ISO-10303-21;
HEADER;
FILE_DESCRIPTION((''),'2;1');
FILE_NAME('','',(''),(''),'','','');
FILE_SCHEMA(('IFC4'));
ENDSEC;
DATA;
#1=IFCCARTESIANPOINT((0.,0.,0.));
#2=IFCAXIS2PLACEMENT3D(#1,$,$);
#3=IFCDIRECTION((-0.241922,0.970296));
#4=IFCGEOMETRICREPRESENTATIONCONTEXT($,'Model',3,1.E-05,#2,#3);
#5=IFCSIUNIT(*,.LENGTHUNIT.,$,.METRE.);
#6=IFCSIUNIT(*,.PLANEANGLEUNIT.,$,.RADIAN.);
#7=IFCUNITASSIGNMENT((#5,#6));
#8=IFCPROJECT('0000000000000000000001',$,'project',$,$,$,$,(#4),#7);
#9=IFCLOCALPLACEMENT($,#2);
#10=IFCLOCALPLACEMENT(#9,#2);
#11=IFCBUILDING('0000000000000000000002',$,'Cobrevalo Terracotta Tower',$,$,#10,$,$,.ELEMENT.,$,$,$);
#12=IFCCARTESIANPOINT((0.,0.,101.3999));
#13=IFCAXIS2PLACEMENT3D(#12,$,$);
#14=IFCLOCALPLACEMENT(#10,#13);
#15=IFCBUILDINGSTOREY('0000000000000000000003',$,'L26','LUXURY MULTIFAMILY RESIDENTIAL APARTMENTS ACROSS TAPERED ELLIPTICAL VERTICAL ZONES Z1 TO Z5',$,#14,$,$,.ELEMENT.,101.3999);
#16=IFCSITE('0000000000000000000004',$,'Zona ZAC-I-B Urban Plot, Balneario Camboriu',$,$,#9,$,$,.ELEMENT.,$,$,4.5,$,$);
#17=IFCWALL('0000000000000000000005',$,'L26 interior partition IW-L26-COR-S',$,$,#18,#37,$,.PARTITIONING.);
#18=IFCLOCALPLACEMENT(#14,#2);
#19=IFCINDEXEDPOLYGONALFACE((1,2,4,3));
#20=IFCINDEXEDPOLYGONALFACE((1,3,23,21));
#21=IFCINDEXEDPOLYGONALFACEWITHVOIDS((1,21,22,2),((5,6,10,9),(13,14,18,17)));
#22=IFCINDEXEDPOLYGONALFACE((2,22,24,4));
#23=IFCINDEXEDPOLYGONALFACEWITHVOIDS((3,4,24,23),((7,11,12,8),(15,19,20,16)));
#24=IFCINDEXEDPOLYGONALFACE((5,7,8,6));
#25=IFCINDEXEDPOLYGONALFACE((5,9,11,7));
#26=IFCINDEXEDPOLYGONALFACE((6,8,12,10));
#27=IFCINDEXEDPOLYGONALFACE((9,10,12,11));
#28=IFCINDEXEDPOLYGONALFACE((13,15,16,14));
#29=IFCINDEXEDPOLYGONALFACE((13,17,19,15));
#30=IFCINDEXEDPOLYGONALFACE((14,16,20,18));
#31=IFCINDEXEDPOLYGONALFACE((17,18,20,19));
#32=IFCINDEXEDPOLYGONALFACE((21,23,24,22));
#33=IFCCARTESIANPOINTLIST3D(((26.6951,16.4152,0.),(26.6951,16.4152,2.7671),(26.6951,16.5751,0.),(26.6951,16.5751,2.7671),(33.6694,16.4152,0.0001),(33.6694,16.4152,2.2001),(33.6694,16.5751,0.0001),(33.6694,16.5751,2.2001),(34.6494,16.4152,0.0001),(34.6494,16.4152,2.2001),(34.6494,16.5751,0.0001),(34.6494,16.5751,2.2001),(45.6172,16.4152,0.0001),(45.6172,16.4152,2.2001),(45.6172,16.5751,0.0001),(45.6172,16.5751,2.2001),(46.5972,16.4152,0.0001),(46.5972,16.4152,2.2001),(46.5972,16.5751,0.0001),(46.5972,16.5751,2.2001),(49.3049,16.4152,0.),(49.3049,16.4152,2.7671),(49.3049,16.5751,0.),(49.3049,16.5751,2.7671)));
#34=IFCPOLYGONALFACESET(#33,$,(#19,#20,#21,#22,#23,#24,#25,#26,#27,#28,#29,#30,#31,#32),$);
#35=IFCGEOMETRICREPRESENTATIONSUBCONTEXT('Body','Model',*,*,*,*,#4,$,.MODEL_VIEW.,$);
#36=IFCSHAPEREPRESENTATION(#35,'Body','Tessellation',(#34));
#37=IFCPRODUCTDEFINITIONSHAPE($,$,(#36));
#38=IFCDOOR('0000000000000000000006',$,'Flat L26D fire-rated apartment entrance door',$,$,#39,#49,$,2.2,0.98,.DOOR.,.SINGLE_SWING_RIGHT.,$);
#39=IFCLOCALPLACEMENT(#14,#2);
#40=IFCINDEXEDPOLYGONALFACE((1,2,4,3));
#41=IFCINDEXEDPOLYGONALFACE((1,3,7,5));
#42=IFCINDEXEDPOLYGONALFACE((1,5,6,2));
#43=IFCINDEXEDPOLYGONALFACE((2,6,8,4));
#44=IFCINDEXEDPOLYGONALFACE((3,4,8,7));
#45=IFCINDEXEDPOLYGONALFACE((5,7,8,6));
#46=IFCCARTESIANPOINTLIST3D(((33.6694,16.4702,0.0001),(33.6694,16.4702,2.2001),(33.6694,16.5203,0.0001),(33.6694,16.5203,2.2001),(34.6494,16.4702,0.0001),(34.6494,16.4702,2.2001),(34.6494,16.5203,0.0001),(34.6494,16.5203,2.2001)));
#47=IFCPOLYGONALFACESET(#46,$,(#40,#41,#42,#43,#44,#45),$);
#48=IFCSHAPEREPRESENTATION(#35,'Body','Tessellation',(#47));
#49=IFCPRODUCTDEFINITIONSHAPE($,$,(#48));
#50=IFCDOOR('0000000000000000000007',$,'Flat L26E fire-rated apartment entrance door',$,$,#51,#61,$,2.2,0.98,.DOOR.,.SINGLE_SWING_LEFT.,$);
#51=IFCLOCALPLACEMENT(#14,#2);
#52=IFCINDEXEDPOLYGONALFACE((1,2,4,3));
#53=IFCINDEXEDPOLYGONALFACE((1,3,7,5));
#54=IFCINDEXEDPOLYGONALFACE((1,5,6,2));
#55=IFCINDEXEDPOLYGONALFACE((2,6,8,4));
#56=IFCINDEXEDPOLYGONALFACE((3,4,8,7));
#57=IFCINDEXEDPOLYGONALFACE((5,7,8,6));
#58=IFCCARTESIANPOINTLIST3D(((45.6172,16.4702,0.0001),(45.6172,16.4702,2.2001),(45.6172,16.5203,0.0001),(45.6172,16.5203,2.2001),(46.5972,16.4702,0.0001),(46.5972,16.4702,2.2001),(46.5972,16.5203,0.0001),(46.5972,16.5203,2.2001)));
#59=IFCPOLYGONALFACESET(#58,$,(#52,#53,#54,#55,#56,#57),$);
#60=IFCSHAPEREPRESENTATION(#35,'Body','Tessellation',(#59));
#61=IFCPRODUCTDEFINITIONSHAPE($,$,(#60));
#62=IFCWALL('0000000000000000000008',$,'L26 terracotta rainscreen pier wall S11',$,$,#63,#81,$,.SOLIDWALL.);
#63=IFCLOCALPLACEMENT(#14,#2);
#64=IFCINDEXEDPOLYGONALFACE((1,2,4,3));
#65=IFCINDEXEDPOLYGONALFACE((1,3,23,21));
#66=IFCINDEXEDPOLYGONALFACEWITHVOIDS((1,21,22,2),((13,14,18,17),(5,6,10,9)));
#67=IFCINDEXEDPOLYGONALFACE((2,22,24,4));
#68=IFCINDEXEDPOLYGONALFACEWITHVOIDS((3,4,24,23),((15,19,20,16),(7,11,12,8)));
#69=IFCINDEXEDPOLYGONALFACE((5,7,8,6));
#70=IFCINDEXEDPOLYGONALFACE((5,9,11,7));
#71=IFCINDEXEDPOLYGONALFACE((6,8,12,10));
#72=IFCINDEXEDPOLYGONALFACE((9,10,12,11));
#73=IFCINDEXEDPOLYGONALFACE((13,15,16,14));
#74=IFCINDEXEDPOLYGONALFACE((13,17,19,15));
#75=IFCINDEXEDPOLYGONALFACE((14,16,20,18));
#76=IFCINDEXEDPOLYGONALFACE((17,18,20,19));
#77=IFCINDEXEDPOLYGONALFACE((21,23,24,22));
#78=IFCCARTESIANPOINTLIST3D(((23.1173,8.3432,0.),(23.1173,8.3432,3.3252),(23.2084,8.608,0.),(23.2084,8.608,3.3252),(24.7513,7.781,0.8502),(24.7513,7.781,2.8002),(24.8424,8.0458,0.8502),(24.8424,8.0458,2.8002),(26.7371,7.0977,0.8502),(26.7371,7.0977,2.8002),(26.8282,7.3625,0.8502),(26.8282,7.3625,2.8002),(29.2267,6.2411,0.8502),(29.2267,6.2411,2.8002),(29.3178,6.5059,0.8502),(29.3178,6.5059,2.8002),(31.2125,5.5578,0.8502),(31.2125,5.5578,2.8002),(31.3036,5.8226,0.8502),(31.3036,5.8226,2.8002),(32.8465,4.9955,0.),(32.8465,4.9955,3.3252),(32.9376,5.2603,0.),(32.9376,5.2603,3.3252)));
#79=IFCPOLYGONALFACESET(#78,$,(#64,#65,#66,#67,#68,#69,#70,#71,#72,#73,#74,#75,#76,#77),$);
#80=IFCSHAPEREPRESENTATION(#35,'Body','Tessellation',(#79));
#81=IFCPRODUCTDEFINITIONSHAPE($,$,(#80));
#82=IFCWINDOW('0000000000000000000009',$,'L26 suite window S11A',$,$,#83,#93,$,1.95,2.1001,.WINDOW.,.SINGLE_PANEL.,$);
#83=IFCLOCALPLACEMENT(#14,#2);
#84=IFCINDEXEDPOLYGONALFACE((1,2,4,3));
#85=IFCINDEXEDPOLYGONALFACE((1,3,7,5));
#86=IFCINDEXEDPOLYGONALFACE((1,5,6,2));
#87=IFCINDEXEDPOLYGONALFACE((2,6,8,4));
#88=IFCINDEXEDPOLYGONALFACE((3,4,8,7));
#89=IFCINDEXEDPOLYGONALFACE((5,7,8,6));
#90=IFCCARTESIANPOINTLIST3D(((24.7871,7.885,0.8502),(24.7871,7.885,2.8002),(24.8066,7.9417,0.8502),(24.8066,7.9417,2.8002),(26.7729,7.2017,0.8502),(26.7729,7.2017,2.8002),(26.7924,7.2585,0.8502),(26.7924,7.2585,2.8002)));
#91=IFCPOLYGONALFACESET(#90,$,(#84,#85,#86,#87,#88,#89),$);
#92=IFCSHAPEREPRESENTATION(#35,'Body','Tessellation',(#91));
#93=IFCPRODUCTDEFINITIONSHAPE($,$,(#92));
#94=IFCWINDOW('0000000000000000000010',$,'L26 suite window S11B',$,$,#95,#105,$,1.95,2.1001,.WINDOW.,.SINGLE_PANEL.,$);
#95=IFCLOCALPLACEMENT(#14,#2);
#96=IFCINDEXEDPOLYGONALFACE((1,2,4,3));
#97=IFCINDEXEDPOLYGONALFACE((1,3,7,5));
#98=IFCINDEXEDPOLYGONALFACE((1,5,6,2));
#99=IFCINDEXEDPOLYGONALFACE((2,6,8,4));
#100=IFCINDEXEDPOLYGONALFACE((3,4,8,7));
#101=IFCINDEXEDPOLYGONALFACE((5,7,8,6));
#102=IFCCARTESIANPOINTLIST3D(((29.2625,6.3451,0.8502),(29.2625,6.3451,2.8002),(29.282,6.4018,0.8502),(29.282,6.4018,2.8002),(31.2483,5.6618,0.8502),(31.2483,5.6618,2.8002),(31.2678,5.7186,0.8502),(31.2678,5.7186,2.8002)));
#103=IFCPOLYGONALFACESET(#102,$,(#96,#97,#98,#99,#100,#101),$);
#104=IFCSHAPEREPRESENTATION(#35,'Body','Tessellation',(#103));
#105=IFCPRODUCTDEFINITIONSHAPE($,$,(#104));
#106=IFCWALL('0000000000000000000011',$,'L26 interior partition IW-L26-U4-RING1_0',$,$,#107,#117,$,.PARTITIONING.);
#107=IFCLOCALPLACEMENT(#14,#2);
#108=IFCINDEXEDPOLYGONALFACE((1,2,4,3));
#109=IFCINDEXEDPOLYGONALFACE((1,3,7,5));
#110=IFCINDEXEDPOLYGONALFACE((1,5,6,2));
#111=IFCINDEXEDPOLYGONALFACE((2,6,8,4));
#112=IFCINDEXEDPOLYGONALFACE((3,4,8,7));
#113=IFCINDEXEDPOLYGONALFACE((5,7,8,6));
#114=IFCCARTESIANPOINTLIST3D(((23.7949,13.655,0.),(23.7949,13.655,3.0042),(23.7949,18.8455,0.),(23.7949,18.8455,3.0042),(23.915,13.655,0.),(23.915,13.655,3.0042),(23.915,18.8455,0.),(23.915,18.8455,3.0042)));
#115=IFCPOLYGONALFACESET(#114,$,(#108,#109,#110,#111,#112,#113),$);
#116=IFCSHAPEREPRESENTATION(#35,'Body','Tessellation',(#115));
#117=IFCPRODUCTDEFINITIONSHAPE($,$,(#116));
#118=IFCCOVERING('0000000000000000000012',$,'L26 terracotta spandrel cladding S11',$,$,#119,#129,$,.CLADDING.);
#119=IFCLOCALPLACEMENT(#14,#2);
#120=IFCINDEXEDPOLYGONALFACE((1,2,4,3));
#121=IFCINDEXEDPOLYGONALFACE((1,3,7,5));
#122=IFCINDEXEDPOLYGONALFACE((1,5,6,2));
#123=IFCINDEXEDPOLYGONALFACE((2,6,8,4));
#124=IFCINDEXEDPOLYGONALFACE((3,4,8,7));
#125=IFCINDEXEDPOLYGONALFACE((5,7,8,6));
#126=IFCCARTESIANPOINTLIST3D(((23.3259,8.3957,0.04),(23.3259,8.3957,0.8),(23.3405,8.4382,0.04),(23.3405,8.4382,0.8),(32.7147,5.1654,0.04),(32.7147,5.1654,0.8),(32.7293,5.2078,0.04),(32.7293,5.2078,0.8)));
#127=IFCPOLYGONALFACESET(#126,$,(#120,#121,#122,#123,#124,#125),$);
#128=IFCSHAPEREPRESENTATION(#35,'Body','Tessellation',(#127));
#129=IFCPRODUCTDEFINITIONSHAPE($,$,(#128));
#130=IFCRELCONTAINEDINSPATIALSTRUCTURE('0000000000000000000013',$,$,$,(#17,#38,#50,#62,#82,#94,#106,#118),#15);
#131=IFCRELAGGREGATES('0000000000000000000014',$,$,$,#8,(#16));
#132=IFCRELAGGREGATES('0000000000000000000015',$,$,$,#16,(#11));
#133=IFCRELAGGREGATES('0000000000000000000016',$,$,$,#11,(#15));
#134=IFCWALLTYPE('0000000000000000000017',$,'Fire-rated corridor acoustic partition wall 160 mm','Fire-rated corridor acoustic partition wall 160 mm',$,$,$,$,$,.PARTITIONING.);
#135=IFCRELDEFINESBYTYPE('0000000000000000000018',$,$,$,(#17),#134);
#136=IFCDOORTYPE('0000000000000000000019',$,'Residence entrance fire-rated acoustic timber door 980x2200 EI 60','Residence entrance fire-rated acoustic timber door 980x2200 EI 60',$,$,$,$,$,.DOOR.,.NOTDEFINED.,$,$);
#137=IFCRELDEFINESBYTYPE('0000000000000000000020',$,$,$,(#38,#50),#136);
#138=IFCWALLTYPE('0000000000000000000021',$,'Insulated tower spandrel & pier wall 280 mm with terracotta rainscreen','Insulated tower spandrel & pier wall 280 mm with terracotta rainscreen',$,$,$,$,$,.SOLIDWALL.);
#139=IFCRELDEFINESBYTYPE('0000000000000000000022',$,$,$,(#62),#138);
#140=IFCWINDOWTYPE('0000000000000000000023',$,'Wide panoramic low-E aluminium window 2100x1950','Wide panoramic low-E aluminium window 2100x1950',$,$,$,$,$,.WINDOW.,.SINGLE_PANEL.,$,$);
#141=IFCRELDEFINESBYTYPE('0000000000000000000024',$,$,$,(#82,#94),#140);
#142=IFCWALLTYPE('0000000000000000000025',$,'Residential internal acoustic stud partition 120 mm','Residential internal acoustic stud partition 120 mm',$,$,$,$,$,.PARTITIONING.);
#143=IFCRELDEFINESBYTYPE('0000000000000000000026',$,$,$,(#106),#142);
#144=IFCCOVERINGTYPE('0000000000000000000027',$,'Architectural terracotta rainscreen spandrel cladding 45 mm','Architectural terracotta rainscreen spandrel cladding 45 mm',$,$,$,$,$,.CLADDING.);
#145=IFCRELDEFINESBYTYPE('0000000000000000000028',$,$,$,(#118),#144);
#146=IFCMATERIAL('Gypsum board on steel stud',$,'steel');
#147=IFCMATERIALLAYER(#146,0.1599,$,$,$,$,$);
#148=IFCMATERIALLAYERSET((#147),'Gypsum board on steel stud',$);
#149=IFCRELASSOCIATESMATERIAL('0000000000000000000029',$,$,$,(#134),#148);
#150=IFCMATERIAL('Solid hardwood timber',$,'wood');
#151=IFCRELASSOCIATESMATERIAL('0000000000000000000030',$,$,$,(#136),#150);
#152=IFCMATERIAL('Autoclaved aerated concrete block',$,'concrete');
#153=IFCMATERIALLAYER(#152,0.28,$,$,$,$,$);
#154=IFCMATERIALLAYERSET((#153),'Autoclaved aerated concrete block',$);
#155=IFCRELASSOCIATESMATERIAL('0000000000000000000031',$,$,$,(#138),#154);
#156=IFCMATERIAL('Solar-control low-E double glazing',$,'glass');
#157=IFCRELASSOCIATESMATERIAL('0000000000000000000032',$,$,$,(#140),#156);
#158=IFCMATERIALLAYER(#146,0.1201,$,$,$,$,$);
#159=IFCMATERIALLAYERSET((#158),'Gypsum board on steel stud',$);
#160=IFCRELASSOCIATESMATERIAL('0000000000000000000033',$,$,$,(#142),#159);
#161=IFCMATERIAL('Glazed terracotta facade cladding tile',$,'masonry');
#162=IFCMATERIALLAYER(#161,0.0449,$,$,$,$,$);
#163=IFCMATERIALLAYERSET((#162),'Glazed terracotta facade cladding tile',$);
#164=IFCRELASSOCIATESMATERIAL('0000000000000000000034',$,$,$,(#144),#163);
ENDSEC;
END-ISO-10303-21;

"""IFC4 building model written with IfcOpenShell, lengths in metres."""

from ifc_helpers import new_model, si_unit, direction, frame, frame_2d, origin, origin_2d, place, context, subcontext, project, spatial, rectangle, extrude, source, transform, mapped, material, layer, layer_set, type_object, element, fill, save


model = new_model("IFC4")

# Units and contexts
model_context = context("Model", 3, precision=1e-05, world=origin(), true_north=direction((-0.241922, 0.970296)))
body_context = subcontext(model_context, "Body", "Model", "MODEL_VIEW")
ifc_project = project(units=[si_unit("LENGTHUNIT", "METRE"), si_unit("PLANEANGLEUNIT", "RADIAN")], contexts=[model_context])

# Site, building, storey
site_placement = place(None, origin())
site = spatial("IfcSite", under=ifc_project, at=site_placement, Name="Zona ZAC-I-B Urban Plot, Balneario Camboriu", CompositionType="ELEMENT", RefElevation=4.5)
building_placement = place(site_placement, origin())
building = spatial("IfcBuilding", under=site, at=building_placement, Name="Cobrevalo Terracotta Tower", CompositionType="ELEMENT")
storey_placement = place(building_placement, frame((0.0, 0.0, 101.3999)))
storey = spatial("IfcBuildingStorey", under=building, at=storey_placement, Name="L26", Description="LUXURY MULTIFAMILY RESIDENTIAL APARTMENTS ACROSS TAPERED ELLIPTICAL VERTICAL ZONES Z1 TO Z5", CompositionType="ELEMENT", Elevation=101.3999)

# Wall, openings, doors
ifc_material_1 = material(Name="Gypsum board on steel stud", Category="steel")
ifc_layer_1 = layer(ifc_material_1, 0.1599)
ifc_layer_set_1 = layer_set([ifc_layer_1], Name="Gypsum board on steel stud")
wall_type_1 = type_object("IfcWallType", Name="Fire-rated corridor acoustic partition wall 160 mm", Description="Fire-rated corridor acoustic partition wall 160 mm", PredefinedType="PARTITIONING", material=ifc_layer_set_1)
wall_1_placement = place(storey_placement, frame((26.6951, 16.4951, 0.0), z_axis=(0.0, 0.0, 1.0), x_axis=(1.0, 0.0, 0.0)))
wall_1 = element("IfcWall", 1, at=wall_1_placement, inside=storey, type_object=wall_type_1, Name="L26 interior partition IW-L26-COR-S", PredefinedType="PARTITIONING", context=body_context, shape_type="SweptSolid", body=[
    extrude(rectangle(XDim=22.6099, YDim=0.1599, at=frame_2d((11.3049, 0.0))), origin(), (0.0, 0.0, 1.0), 2.7671),
])
opening_1_placement = place(wall_1_placement, frame((6.9744, 0.0, 0.0)))
opening_1 = element("IfcOpeningElement", 2, at=opening_1_placement, cuts=wall_1, PredefinedType="OPENING", context=body_context, shape_type="SweptSolid", body=[
    extrude(rectangle(XDim=0.98, YDim=2.2, at=frame_2d((0.49, 1.1001))), frame((0.0, 0.0898, 0.0), z_axis=(0.0, -1.0, 0.0), x_axis=(1.0, 0.0, 0.0)), (0.0, 0.0, 1.0), 0.1799),
])
opening_2_placement = place(wall_1_placement, frame((18.9221, 0.0, 0.0)))
opening_2 = element("IfcOpeningElement", 3, at=opening_2_placement, cuts=wall_1, PredefinedType="OPENING", context=body_context, shape_type="SweptSolid", body=[
    extrude(rectangle(XDim=0.98, YDim=2.2, at=frame_2d((0.49, 1.1001))), frame((0.0, 0.0898, 0.0), z_axis=(0.0, -1.0, 0.0), x_axis=(1.0, 0.0, 0.0)), (0.0, 0.0, 1.0), 0.1799),
])
ifc_material_2 = material(Name="Solid hardwood timber", Category="wood")
door_type = type_object("IfcDoorType", Name="Residence entrance fire-rated acoustic timber door 980x2200 EI 60", Description="Residence entrance fire-rated acoustic timber door 980x2200 EI 60", OperationType="NOTDEFINED", PredefinedType="DOOR", material=ifc_material_2)
shared_shape_1 = source(origin(), body_context, "Body", "SweptSolid", [
    extrude(rectangle(XDim=0.98, YDim=2.2, at=frame_2d((0.49, 1.1001))), frame((0.0, 0.0249, 0.0), z_axis=(0.0, -1.0, 0.0), x_axis=(1.0, 0.0, 0.0)), (0.0, 0.0, 1.0), 0.05),
])
door_1_placement = place(opening_1_placement, frame((0.98, 0.0, 0.0), z_axis=(0.0, 0.0, 1.0), x_axis=(-1.0, 0.0, 0.0)))
door_1 = element("IfcDoor", 4, at=door_1_placement, inside=storey, type_object=door_type, Name="Flat L26D fire-rated apartment entrance door", OperationType="SINGLE_SWING_RIGHT", OverallHeight=2.2, OverallWidth=0.98, PredefinedType="DOOR", context=body_context, shape_type="MappedRepresentation", body=[
    mapped(shared_shape_1, transform((0.0, 0.0, 0.0), scale=1.0)),
])
fill(opening_1, door_1)
door_2_placement = place(opening_2_placement, frame((0.98, 0.0, 0.0), z_axis=(0.0, 0.0, 1.0), x_axis=(-1.0, 0.0, 0.0)))
door_2 = element("IfcDoor", 5, at=door_2_placement, inside=storey, type_object=door_type, Name="Flat L26E fire-rated apartment entrance door", OperationType="SINGLE_SWING_LEFT", OverallHeight=2.2, OverallWidth=0.98, PredefinedType="DOOR", context=body_context, shape_type="MappedRepresentation", body=[
    mapped(shared_shape_1, transform((0.0, 0.0, 0.0), scale=1.0)),
])
fill(opening_2, door_2)

# Wall, openings, windows
ifc_material_3 = material(Name="Autoclaved aerated concrete block", Category="concrete")
ifc_layer_2 = layer(ifc_material_3, 0.28)
ifc_layer_set_2 = layer_set([ifc_layer_2], Name="Autoclaved aerated concrete block")
wall_type_2 = type_object("IfcWallType", Name="Insulated tower spandrel & pier wall 280 mm with terracotta rainscreen", Description="Insulated tower spandrel & pier wall 280 mm with terracotta rainscreen", PredefinedType="SOLIDWALL", material=ifc_layer_set_2)
wall_2_placement = place(storey_placement, frame((23.1628, 8.4756, 0.0), z_axis=(0.0, 0.0, 1.0), x_axis=(0.94559, -0.32536, 0.0)))
wall_2 = element("IfcWall", 6, at=wall_2_placement, inside=storey, type_object=wall_type_2, Name="L26 terracotta rainscreen pier wall S11", PredefinedType="SOLIDWALL", context=body_context, shape_type="SweptSolid", body=[
    extrude(rectangle(XDim=10.2891, YDim=0.28, at=frame_2d((5.1445, 0.0))), origin(), (0.0, 0.0, 1.0), 3.3252),
])
opening_3_placement = place(wall_2_placement, frame((1.728, 0.0, 0.8501)))
opening_3 = element("IfcOpeningElement", 7, at=opening_3_placement, cuts=wall_2, PredefinedType="OPENING", context=body_context, shape_type="SweptSolid", body=[
    extrude(rectangle(XDim=2.1001, YDim=1.95, at=frame_2d((1.05, 0.9751))), frame((0.0, 0.1499, 0.0), z_axis=(0.0, -1.0, 0.0), x_axis=(1.0, 0.0, 0.0)), (0.0, 0.0, 1.0), 0.3),
])
opening_4_placement = place(wall_2_placement, frame((6.4609, 0.0, 0.8501)))
opening_4 = element("IfcOpeningElement", 8, at=opening_4_placement, cuts=wall_2, PredefinedType="OPENING", context=body_context, shape_type="SweptSolid", body=[
    extrude(rectangle(XDim=2.1001, YDim=1.95, at=frame_2d((1.05, 0.9751))), frame((0.0, 0.1499, 0.0), z_axis=(0.0, -1.0, 0.0), x_axis=(1.0, 0.0, 0.0)), (0.0, 0.0, 1.0), 0.3),
])
ifc_material_4 = material(Name="Solar-control low-E double glazing", Category="glass")
window_type = type_object("IfcWindowType", Name="Wide panoramic low-E aluminium window 2100x1950", Description="Wide panoramic low-E aluminium window 2100x1950", PartitioningType="SINGLE_PANEL", PredefinedType="WINDOW", material=ifc_material_4)
shared_shape_2 = source(origin(), body_context, "Body", "SweptSolid", [
    extrude(rectangle(XDim=2.1001, YDim=1.95, at=frame_2d((1.05, 0.9751))), frame((0.0, 0.03, 0.0), z_axis=(0.0, -1.0, 0.0), x_axis=(1.0, 0.0, 0.0)), (0.0, 0.0, 1.0), 0.0601),
])
window_1_placement = place(opening_3_placement, origin())
window_1 = element("IfcWindow", 9, at=window_1_placement, inside=storey, type_object=window_type, Name="L26 suite window S11A", OverallHeight=1.95, OverallWidth=2.1001, PartitioningType="SINGLE_PANEL", PredefinedType="WINDOW", context=body_context, shape_type="MappedRepresentation", body=[
    mapped(shared_shape_2, transform((0.0, 0.0, 0.0), scale=1.0)),
])
fill(opening_3, window_1)
window_2_placement = place(opening_4_placement, origin())
window_2 = element("IfcWindow", 10, at=window_2_placement, inside=storey, type_object=window_type, Name="L26 suite window S11B", OverallHeight=1.95, OverallWidth=2.1001, PartitioningType="SINGLE_PANEL", PredefinedType="WINDOW", context=body_context, shape_type="MappedRepresentation", body=[
    mapped(shared_shape_2, transform((0.0, 0.0, 0.0), scale=1.0)),
])
fill(opening_4, window_2)

# Wall
ifc_layer_3 = layer(ifc_material_1, 0.1201)
ifc_layer_set_3 = layer_set([ifc_layer_3], Name="Gypsum board on steel stud")
wall_type_3 = type_object("IfcWallType", Name="Residential internal acoustic stud partition 120 mm", Description="Residential internal acoustic stud partition 120 mm", PredefinedType="PARTITIONING", material=ifc_layer_set_3)
wall_3_placement = place(storey_placement, frame((23.855, 13.655, 0.0), z_axis=(0.0, 0.0, 1.0), x_axis=(0.0, 1.0, 0.0)))
element("IfcWall", 11, at=wall_3_placement, inside=storey, type_object=wall_type_3, Name="L26 interior partition IW-L26-U4-RING1_0", PredefinedType="PARTITIONING", context=body_context, shape_type="SweptSolid", body=[
    extrude(rectangle(XDim=5.1904, YDim=0.1201, at=frame_2d((2.5952, 0.0))), origin(), (0.0, 0.0, 1.0), 3.0042),
])

# Covering
ifc_material_5 = material(Name="Glazed terracotta facade cladding tile", Category="masonry")
ifc_layer_4 = layer(ifc_material_5, 0.0449)
ifc_layer_set_4 = layer_set([ifc_layer_4], Name="Glazed terracotta facade cladding tile")
covering_type = type_object("IfcCoveringType", Name="Architectural terracotta rainscreen spandrel cladding 45 mm", Description="Architectural terracotta rainscreen spandrel cladding 45 mm", PredefinedType="CLADDING", material=ifc_layer_set_4)
shared_shape_3 = source(origin(), body_context, "Body", "SweptSolid", [
    extrude(rectangle(XDim=9.929, YDim=0.0449, at=origin_2d()), origin(), (0.0, 0.0, 1.0), 0.76),
])
covering_placement = place(storey_placement, frame((28.0276, 6.8018, 0.04), z_axis=(0.0, 0.0, 1.0), x_axis=(0.945596, -0.325342, 0.0)))
element("IfcCovering", 12, at=covering_placement, inside=storey, type_object=covering_type, Name="L26 terracotta spandrel cladding S11", PredefinedType="CLADDING", context=body_context, shape_type="MappedRepresentation", body=[
    mapped(shared_shape_3, transform((0.0, 0.0, 0.0), scale=1.0)),
])

save(model, "model.ifc")
